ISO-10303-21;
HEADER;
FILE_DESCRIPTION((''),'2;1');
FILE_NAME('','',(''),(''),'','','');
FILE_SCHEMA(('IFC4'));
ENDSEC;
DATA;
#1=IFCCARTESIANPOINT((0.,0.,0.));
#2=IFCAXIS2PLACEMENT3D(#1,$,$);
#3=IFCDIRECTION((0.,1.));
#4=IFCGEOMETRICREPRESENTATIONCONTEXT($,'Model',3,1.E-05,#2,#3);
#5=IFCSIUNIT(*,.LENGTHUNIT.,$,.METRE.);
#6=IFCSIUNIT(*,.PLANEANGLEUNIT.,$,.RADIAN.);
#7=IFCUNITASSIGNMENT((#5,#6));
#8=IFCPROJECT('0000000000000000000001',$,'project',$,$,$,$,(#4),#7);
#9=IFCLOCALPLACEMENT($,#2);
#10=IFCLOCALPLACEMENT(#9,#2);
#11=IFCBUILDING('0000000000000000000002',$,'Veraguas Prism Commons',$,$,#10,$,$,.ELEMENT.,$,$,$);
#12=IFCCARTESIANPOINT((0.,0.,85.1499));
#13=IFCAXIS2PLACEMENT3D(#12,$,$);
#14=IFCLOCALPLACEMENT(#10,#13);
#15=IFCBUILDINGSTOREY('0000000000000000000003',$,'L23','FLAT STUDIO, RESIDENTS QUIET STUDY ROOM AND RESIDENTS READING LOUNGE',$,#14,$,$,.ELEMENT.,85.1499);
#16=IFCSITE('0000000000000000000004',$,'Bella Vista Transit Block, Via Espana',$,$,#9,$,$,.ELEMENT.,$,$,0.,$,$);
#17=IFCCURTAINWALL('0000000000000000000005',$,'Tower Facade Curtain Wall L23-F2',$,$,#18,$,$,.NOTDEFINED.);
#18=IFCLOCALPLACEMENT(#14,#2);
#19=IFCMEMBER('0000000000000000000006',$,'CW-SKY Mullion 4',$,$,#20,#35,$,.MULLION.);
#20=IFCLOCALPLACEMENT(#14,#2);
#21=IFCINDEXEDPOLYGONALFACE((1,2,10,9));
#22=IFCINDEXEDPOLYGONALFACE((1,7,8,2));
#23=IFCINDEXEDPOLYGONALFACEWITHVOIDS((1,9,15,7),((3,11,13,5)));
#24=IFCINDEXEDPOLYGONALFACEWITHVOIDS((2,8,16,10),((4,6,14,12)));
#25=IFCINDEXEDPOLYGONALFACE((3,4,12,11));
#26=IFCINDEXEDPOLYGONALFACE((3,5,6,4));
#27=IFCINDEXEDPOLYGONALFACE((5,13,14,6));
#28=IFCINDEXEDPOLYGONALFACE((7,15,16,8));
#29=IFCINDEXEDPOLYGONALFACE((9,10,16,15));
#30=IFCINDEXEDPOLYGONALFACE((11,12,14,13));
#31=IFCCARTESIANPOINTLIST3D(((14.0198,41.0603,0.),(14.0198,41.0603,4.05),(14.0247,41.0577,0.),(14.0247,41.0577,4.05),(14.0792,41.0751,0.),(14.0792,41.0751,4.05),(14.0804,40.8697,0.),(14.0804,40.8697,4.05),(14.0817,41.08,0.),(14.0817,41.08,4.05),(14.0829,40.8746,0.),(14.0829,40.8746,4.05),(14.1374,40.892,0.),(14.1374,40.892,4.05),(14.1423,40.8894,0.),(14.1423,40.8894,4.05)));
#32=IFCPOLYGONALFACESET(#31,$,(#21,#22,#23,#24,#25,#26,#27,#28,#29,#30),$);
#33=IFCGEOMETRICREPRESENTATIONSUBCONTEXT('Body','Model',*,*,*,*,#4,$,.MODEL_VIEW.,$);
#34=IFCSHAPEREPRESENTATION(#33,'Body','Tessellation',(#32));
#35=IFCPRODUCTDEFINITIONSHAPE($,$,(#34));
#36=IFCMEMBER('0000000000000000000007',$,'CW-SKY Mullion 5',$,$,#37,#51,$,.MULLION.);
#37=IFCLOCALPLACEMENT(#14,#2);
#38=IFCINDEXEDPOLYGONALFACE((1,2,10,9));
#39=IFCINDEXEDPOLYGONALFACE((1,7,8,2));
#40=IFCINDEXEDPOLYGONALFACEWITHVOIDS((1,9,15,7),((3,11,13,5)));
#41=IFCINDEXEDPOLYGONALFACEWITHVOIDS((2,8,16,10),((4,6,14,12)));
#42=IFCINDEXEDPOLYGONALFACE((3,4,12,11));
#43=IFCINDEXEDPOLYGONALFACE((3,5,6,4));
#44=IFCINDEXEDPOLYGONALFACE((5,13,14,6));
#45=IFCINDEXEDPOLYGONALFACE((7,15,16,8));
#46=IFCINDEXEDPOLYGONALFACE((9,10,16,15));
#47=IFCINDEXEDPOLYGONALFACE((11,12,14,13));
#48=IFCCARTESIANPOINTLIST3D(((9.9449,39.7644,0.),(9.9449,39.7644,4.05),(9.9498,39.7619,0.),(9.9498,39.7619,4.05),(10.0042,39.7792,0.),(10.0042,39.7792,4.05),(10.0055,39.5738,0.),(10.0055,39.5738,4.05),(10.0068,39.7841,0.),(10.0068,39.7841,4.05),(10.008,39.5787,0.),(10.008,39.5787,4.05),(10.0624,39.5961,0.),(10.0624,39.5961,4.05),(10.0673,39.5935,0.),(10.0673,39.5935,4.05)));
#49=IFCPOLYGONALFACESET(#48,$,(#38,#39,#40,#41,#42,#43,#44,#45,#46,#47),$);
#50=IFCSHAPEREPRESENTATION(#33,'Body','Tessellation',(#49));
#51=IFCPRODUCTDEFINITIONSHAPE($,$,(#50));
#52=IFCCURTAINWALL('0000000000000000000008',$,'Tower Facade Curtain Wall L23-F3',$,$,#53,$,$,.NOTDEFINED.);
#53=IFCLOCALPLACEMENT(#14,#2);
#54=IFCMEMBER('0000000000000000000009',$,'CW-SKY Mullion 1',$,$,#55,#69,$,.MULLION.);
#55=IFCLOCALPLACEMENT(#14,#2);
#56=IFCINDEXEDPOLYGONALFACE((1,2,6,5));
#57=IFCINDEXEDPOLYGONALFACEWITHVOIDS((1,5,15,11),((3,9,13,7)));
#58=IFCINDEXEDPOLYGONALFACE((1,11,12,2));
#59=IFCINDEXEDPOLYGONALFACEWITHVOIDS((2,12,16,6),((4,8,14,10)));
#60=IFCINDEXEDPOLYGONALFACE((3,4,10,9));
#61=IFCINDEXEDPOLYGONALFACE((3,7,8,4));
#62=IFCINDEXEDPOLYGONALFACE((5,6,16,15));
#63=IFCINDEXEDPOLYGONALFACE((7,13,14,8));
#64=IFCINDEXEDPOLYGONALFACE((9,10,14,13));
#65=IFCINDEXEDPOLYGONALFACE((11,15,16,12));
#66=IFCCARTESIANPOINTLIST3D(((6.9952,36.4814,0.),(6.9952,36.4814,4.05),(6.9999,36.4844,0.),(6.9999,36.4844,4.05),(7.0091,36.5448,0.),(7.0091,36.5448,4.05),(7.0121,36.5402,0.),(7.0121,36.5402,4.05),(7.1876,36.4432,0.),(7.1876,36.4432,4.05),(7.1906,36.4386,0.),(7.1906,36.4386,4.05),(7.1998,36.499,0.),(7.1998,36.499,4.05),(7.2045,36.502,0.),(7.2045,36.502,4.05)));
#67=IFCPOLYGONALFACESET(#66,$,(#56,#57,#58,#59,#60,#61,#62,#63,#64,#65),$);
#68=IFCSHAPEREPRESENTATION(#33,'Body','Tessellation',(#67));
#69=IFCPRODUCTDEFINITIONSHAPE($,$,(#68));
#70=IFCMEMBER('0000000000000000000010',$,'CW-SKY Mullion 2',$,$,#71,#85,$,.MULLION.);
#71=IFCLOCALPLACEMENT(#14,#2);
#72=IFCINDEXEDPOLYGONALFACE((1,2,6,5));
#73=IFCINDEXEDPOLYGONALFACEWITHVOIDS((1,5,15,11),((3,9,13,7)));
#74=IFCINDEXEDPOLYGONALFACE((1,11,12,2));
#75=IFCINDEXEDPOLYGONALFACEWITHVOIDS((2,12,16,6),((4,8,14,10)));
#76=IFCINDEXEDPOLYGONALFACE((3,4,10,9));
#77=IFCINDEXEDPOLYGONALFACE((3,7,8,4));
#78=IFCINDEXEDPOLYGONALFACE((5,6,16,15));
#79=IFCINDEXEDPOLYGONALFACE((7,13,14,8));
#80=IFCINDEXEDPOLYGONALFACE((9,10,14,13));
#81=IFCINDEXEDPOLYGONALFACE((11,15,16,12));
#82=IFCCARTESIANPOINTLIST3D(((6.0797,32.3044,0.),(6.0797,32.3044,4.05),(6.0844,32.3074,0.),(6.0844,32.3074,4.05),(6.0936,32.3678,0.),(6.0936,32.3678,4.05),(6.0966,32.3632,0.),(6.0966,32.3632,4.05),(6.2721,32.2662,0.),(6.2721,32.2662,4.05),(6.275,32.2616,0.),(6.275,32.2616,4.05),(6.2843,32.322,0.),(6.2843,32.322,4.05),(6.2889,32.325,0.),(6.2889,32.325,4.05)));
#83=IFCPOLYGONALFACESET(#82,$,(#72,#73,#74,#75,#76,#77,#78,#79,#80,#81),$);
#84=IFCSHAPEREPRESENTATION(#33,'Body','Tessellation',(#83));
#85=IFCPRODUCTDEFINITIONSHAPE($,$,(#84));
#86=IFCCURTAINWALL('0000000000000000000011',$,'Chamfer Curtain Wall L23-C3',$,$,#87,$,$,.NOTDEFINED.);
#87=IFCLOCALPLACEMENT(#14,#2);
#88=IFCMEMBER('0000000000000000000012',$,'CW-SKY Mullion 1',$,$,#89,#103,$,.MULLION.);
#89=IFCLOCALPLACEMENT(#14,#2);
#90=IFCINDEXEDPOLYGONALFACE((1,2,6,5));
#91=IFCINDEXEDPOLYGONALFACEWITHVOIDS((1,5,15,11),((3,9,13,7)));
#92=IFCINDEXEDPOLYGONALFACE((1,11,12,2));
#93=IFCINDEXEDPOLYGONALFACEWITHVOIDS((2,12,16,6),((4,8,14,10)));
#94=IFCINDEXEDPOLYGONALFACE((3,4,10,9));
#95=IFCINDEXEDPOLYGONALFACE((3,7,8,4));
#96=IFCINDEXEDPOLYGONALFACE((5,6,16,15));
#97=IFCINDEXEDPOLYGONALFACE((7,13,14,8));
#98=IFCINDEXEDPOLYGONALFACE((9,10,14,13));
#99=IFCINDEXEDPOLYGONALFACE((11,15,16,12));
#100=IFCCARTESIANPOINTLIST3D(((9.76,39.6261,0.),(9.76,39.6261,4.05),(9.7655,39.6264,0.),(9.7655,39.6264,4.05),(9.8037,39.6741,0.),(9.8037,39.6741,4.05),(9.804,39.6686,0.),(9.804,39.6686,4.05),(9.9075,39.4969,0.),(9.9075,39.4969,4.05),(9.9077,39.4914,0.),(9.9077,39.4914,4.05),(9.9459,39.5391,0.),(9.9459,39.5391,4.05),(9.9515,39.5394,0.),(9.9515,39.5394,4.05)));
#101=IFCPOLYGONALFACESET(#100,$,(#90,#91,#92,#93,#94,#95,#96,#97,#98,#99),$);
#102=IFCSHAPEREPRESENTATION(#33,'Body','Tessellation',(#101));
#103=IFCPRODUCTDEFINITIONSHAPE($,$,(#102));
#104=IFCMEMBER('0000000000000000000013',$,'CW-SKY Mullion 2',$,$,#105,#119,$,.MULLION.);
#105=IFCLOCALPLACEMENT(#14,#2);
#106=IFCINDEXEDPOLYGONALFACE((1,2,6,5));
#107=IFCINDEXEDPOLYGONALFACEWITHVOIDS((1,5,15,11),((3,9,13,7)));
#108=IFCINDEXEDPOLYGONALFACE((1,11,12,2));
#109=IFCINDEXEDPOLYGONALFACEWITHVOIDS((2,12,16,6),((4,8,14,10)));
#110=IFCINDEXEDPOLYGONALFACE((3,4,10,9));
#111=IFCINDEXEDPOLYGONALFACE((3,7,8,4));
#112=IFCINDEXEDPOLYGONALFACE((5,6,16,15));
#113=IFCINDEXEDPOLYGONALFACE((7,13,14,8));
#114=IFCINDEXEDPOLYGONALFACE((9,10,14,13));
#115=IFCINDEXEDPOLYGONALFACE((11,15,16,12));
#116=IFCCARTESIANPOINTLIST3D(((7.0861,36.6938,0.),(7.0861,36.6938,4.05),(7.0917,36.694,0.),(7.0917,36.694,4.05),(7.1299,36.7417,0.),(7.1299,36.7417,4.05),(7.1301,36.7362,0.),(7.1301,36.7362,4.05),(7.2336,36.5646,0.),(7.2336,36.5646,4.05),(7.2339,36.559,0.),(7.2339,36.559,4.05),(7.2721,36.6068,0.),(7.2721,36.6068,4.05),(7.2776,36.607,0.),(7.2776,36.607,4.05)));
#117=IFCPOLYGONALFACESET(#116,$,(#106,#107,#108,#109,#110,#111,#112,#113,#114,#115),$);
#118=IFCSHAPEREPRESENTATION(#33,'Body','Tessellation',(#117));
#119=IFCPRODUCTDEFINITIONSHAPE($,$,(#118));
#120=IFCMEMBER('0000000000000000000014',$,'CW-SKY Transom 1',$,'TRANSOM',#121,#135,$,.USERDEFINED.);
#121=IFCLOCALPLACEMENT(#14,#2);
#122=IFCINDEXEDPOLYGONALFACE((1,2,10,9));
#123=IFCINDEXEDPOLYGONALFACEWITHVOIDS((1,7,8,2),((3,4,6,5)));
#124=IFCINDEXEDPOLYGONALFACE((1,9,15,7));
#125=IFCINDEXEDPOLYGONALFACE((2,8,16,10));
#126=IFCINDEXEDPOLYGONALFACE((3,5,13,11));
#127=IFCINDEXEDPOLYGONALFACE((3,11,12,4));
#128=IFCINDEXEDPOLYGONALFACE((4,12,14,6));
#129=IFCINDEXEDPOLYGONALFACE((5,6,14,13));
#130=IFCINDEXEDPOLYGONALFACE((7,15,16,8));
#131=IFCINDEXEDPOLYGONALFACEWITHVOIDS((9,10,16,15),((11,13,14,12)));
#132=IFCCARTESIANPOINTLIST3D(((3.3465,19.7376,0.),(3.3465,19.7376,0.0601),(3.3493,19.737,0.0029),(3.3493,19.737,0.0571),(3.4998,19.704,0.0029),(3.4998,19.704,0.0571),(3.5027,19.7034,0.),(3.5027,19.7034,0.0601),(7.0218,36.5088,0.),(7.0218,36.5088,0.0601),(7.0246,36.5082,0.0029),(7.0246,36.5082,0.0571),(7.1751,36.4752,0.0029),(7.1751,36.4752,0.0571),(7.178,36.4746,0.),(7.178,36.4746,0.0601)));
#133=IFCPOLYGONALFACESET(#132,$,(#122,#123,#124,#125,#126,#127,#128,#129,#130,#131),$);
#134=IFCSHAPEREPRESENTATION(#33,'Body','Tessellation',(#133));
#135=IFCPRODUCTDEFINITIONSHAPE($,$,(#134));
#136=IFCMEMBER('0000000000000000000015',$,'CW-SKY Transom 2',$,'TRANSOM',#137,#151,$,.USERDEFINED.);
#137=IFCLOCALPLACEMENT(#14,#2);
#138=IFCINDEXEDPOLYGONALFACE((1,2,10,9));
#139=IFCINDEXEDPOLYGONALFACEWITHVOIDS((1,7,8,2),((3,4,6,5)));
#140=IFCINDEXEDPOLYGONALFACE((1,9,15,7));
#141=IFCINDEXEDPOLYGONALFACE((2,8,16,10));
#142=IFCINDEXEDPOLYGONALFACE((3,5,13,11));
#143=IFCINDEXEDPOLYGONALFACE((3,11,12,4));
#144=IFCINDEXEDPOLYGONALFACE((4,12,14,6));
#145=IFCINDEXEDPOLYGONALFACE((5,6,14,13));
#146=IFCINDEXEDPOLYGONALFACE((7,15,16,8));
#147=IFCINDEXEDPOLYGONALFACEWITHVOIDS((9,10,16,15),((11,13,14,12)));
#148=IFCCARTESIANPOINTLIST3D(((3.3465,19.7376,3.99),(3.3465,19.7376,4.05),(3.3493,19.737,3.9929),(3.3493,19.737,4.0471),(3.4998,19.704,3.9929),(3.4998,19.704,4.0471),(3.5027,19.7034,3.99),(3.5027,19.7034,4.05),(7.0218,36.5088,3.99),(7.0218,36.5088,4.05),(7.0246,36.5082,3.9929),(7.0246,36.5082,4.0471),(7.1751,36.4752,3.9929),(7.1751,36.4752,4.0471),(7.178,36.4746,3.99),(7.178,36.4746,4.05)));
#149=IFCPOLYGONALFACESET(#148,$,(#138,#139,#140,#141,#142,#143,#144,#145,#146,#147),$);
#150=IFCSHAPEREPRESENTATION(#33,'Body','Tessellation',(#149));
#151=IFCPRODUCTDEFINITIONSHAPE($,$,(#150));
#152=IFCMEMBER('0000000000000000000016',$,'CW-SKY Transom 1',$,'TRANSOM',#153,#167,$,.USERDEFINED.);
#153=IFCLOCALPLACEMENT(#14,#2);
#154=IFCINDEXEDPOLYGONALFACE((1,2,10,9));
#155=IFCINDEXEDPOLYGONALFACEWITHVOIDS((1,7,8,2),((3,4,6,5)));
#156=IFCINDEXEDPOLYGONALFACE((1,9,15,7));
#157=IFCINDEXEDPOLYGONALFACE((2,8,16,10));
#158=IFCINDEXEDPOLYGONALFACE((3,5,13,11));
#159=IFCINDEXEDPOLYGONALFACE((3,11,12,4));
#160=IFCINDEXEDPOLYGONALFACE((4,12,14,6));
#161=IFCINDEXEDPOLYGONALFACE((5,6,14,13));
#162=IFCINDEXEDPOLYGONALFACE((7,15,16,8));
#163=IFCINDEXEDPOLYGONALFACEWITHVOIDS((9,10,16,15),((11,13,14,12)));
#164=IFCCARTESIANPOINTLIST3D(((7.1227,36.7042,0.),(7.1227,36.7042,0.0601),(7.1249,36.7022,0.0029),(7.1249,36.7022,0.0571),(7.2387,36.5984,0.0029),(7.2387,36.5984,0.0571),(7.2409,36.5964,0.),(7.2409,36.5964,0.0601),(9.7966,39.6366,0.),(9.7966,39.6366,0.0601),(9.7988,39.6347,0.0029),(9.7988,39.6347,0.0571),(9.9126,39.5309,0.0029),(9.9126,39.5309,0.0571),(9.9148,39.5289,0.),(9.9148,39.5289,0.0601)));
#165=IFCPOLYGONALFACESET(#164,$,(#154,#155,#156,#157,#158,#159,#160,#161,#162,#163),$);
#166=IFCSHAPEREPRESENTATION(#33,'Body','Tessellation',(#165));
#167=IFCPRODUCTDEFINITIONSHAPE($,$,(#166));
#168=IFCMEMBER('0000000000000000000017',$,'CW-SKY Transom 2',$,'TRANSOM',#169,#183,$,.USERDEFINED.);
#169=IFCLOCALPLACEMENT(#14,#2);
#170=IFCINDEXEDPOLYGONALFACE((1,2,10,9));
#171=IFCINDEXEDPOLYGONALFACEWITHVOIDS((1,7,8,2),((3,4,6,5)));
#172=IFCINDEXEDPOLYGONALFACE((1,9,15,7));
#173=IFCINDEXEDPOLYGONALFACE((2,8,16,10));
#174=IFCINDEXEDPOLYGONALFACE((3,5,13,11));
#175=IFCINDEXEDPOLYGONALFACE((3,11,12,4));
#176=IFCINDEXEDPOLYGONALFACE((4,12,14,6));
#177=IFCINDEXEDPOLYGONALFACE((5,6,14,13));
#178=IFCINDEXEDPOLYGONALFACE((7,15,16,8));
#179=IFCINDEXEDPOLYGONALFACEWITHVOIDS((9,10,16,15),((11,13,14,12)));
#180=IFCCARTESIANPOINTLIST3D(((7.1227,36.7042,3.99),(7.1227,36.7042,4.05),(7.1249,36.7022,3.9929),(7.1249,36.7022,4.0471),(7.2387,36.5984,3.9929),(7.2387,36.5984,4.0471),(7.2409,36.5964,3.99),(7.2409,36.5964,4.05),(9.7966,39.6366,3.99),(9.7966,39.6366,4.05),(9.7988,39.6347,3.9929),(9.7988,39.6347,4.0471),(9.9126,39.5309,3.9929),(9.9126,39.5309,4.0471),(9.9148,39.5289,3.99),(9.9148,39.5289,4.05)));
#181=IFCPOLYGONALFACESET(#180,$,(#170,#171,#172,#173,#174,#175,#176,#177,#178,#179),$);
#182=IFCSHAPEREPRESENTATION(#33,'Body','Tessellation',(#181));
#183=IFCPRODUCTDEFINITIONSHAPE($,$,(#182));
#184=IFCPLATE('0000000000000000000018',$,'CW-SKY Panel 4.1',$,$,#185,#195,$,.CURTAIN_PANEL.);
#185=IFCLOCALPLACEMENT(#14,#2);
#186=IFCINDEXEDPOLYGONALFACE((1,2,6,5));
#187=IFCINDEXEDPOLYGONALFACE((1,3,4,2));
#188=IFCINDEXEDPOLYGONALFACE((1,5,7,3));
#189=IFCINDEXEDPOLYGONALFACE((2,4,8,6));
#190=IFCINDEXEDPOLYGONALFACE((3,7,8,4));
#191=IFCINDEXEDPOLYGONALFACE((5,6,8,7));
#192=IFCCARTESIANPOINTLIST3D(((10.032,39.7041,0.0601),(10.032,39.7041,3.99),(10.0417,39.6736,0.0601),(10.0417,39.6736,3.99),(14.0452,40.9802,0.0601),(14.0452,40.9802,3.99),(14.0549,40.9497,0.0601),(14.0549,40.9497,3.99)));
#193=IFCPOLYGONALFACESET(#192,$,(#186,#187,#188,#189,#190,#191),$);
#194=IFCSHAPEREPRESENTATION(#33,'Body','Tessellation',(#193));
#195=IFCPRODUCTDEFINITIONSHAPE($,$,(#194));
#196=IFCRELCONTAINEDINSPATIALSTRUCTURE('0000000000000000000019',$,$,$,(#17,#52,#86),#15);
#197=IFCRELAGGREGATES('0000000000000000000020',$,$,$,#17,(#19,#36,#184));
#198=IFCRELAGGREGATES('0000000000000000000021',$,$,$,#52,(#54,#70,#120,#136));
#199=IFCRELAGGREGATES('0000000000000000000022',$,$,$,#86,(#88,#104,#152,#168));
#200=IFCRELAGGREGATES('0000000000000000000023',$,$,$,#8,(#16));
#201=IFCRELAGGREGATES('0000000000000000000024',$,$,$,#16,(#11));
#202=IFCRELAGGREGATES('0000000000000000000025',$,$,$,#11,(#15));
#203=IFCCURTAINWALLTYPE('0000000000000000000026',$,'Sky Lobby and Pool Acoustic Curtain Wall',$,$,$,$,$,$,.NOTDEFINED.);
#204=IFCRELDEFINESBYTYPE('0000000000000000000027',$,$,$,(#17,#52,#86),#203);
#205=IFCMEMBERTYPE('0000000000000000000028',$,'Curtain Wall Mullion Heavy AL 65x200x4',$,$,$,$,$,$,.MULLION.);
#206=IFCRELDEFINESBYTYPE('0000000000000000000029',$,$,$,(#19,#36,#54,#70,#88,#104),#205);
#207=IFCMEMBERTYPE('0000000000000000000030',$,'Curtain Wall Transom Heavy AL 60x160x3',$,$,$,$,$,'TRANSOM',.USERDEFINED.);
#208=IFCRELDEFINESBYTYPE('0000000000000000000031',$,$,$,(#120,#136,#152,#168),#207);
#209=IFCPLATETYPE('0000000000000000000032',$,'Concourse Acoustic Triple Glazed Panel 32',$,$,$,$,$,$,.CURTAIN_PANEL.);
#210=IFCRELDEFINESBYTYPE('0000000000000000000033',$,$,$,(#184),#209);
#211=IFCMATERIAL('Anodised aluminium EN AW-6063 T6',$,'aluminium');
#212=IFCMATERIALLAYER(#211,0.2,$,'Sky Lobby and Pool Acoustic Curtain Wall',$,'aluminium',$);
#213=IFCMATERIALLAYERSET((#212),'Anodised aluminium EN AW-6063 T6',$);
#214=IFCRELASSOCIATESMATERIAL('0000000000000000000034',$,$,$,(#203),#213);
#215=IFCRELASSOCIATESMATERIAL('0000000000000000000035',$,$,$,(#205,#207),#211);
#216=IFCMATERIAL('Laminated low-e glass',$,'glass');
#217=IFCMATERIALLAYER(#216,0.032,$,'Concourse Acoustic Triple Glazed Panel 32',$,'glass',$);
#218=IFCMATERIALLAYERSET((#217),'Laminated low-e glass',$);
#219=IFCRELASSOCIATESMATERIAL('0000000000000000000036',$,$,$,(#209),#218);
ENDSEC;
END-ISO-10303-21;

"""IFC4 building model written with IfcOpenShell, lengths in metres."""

from ifc_helpers import new_model, si_unit, direction, frame, origin, origin_2d, place, context, subcontext, project, spatial, rectangle, hollow_rectangle, extrude, source, transform, mapped, material, layer, layer_set, material_profile, profile_set, type_object, element, aggregate, save


model = new_model("IFC4")

# Units and contexts
model_context = context("Model", 3, precision=1e-05, world=origin(), true_north=direction((0.0, 1.0)))
body_context = subcontext(model_context, "Body", "Model", "MODEL_VIEW")
ifc_project = project(units=[si_unit("LENGTHUNIT", "METRE"), si_unit("PLANEANGLEUNIT", "RADIAN")], contexts=[model_context])

# Site, building, storey
site_placement = place(None, origin())
site = spatial("IfcSite", under=ifc_project, at=site_placement, Name="Bella Vista Transit Block, Via Espana", CompositionType="ELEMENT", RefElevation=0.0)
building_placement = place(site_placement, origin())
building = spatial("IfcBuilding", under=site, at=building_placement, Name="Veraguas Prism Commons", CompositionType="ELEMENT")
storey_placement = place(building_placement, frame((0.0, 0.0, 85.1499)))
storey = spatial("IfcBuildingStorey", under=building, at=storey_placement, Name="L23", Description="FLAT STUDIO, RESIDENTS QUIET STUDY ROOM AND RESIDENTS READING LOUNGE", CompositionType="ELEMENT", Elevation=85.1499)

# Curtain walls, members
ifc_material_1 = material(Name="Anodised aluminium EN AW-6063 T6", Category="aluminium")
ifc_layer_1 = layer(ifc_material_1, 0.2, Name="Sky Lobby and Pool Acoustic Curtain Wall", Category="aluminium")
ifc_layer_set_1 = layer_set([ifc_layer_1], Name="Anodised aluminium EN AW-6063 T6")
curtain_wall_type = type_object("IfcCurtainWallType", Name="Sky Lobby and Pool Acoustic Curtain Wall", PredefinedType="NOTDEFINED", material=ifc_layer_set_1)
curtain_wall_1_placement = place(storey_placement, origin())
curtain_wall_1 = element("IfcCurtainWall", 1, at=curtain_wall_1_placement, inside=storey, type_object=curtain_wall_type, Name="Tower Facade Curtain Wall L23-F2", PredefinedType="NOTDEFINED")
ifc_material_profile_1 = material_profile(ifc_material_1, hollow_rectangle(XDim=0.0649, YDim=0.2, WallThickness=0.0039, at=origin_2d()), Name="AL65X200X4")
ifc_profile_set_1 = profile_set([ifc_material_profile_1], Name="Anodised aluminium EN AW-6063 T6")
member_type_1 = type_object("IfcMemberType", Name="Curtain Wall Mullion Heavy AL 65x200x4", PredefinedType="MULLION", material=ifc_profile_set_1)
shared_shape_1 = source(origin(), body_context, "Body", "SweptSolid", [
    extrude(hollow_rectangle(XDim=0.0649, YDim=0.2, WallThickness=0.0039, at=origin_2d()), origin(), (0.0, 0.0, 1.0), 4.05),
])
member_1_placement = place(storey_placement, frame((14.0811, 40.9749, 0.0), z_axis=(0.0, 0.0, 1.0), x_axis=(-0.952979, -0.303035, 0.0)))
member_1 = element("IfcMember", 2, at=member_1_placement, type_object=member_type_1, Name="CW-SKY Mullion 4", PredefinedType="MULLION", context=body_context, shape_type="MappedRepresentation", body=[
    mapped(shared_shape_1, transform((0.0, 0.0, 0.0), scale=1.0)),
])
member_2_placement = place(storey_placement, frame((10.0061, 39.679, 0.0), z_axis=(0.0, 0.0, 1.0), x_axis=(-0.952979, -0.303035, 0.0)))
member_2 = element("IfcMember", 3, at=member_2_placement, type_object=member_type_1, Name="CW-SKY Mullion 5", PredefinedType="MULLION", context=body_context, shape_type="MappedRepresentation", body=[
    mapped(shared_shape_1, transform((0.0, 0.0, 0.0), scale=1.0)),
])
curtain_wall_2_placement = place(storey_placement, origin())
curtain_wall_2 = element("IfcCurtainWall", 4, at=curtain_wall_2_placement, inside=storey, type_object=curtain_wall_type, Name="Tower Facade Curtain Wall L23-F3", PredefinedType="NOTDEFINED")
member_3_placement = place(storey_placement, frame((7.0999, 36.4917, 0.0), z_axis=(0.0, 0.0, 1.0), x_axis=(-0.214055, -0.976822, 0.0)))
member_3 = element("IfcMember", 5, at=member_3_placement, type_object=member_type_1, Name="CW-SKY Mullion 1", PredefinedType="MULLION", context=body_context, shape_type="MappedRepresentation", body=[
    mapped(shared_shape_1, transform((0.0, 0.0, 0.0), scale=1.0)),
])
member_4_placement = place(storey_placement, frame((6.1843, 32.3147, 0.0), z_axis=(0.0, 0.0, 1.0), x_axis=(-0.214055, -0.976822, 0.0)))
member_4 = element("IfcMember", 6, at=member_4_placement, type_object=member_type_1, Name="CW-SKY Mullion 2", PredefinedType="MULLION", context=body_context, shape_type="MappedRepresentation", body=[
    mapped(shared_shape_1, transform((0.0, 0.0, 0.0), scale=1.0)),
])
curtain_wall_3_placement = place(storey_placement, origin())
curtain_wall_3 = element("IfcCurtainWall", 7, at=curtain_wall_3_placement, inside=storey, type_object=curtain_wall_type, Name="Chamfer Curtain Wall L23-C3", PredefinedType="NOTDEFINED")
member_5_placement = place(storey_placement, frame((9.8557, 39.5828, 0.0), z_axis=(0.0, 0.0, 1.0), x_axis=(-0.673791, -0.738922, 0.0)))
member_5 = element("IfcMember", 8, at=member_5_placement, type_object=member_type_1, Name="CW-SKY Mullion 1", PredefinedType="MULLION", context=body_context, shape_type="MappedRepresentation", body=[
    mapped(shared_shape_1, transform((0.0, 0.0, 0.0), scale=1.0)),
])
member_6_placement = place(storey_placement, frame((7.1819, 36.6504, 0.0), z_axis=(0.0, 0.0, 1.0), x_axis=(-0.673791, -0.738922, 0.0)))
member_6 = element("IfcMember", 9, at=member_6_placement, type_object=member_type_1, Name="CW-SKY Mullion 2", PredefinedType="MULLION", context=body_context, shape_type="MappedRepresentation", body=[
    mapped(shared_shape_1, transform((0.0, 0.0, 0.0), scale=1.0)),
])

# Members
ifc_material_profile_2 = material_profile(ifc_material_1, hollow_rectangle(XDim=0.0601, YDim=0.1599, WallThickness=0.0029, at=origin_2d()), Name="AL60X160X3")
ifc_profile_set_2 = profile_set([ifc_material_profile_2], Name="Anodised aluminium EN AW-6063 T6")
member_type_2 = type_object("IfcMemberType", Name="Curtain Wall Transom Heavy AL 60x160x3", ElementType="TRANSOM", PredefinedType="USERDEFINED", material=ifc_profile_set_2)
shared_shape_2 = source(origin(), body_context, "Body", "SweptSolid", [
    extrude(hollow_rectangle(XDim=0.0601, YDim=0.1599, WallThickness=0.0029, at=origin_2d()), origin(), (0.0, 0.0, 1.0), 17.1692),
])
member_7_placement = place(storey_placement, frame((7.0999, 36.4917, 0.03), z_axis=(-0.214063, -0.97682, 0.0), x_axis=(0.0, 0.0, 1.0)))
member_7 = element("IfcMember", 10, at=member_7_placement, type_object=member_type_2, Name="CW-SKY Transom 1", ObjectType="TRANSOM", PredefinedType="USERDEFINED", context=body_context, shape_type="MappedRepresentation", body=[
    mapped(shared_shape_2, transform((0.0, 0.0, 0.0), scale=1.0)),
])
member_8_placement = place(storey_placement, frame((7.0999, 36.4917, 4.02), z_axis=(-0.214063, -0.97682, 0.0), x_axis=(0.0, 0.0, 1.0)))
member_8 = element("IfcMember", 11, at=member_8_placement, type_object=member_type_2, Name="CW-SKY Transom 2", ObjectType="TRANSOM", PredefinedType="USERDEFINED", context=body_context, shape_type="MappedRepresentation", body=[
    mapped(shared_shape_2, transform((0.0, 0.0, 0.0), scale=1.0)),
])
shared_shape_3 = source(origin(), body_context, "Body", "SweptSolid", [
    extrude(hollow_rectangle(XDim=0.0601, YDim=0.1599, WallThickness=0.0029, at=origin_2d()), origin(), (0.0, 0.0, 1.0), 3.9685),
])
member_9_placement = place(storey_placement, frame((9.8557, 39.5828, 0.03), z_axis=(-0.673781, -0.738932, 0.0), x_axis=(0.0, 0.0, 1.0)))
member_9 = element("IfcMember", 12, at=member_9_placement, type_object=member_type_2, Name="CW-SKY Transom 1", ObjectType="TRANSOM", PredefinedType="USERDEFINED", context=body_context, shape_type="MappedRepresentation", body=[
    mapped(shared_shape_3, transform((0.0, 0.0, 0.0), scale=1.0)),
])
member_10_placement = place(storey_placement, frame((9.8557, 39.5828, 4.02), z_axis=(-0.673781, -0.738932, 0.0), x_axis=(0.0, 0.0, 1.0)))
member_10 = element("IfcMember", 13, at=member_10_placement, type_object=member_type_2, Name="CW-SKY Transom 2", ObjectType="TRANSOM", PredefinedType="USERDEFINED", context=body_context, shape_type="MappedRepresentation", body=[
    mapped(shared_shape_3, transform((0.0, 0.0, 0.0), scale=1.0)),
])

# Plate
ifc_material_2 = material(Name="Laminated low-e glass", Category="glass")
ifc_layer_2 = layer(ifc_material_2, 0.032, Name="Concourse Acoustic Triple Glazed Panel 32", Category="glass")
ifc_layer_set_2 = layer_set([ifc_layer_2], Name="Laminated low-e glass")
plate_type = type_object("IfcPlateType", Name="Concourse Acoustic Triple Glazed Panel 32", PredefinedType="CURTAIN_PANEL", material=ifc_layer_set_2)
shared_shape_4 = source(origin(), body_context, "Body", "SweptSolid", [
    extrude(rectangle(XDim=4.2112, YDim=0.032, at=origin_2d()), origin(), (0.0, 0.0, 1.0), 3.9299),
])
plate_1_placement = place(storey_placement, frame((12.0435, 40.3269, 0.0601), z_axis=(0.0, 0.0, 1.0), x_axis=(-0.952979, -0.303035, 0.0)))
plate_1 = element("IfcPlate", 14, at=plate_1_placement, type_object=plate_type, Name="CW-SKY Panel 4.1", PredefinedType="CURTAIN_PANEL", context=body_context, shape_type="MappedRepresentation", body=[
    mapped(shared_shape_4, transform((0.0, 0.0, 0.0), scale=1.0)),
])
aggregate(curtain_wall_1, [member_1, member_2, plate_1])
aggregate(curtain_wall_2, [member_3, member_4, member_7, member_8])
aggregate(curtain_wall_3, [member_5, member_6, member_9, member_10])

save(model, "model.ifc")
